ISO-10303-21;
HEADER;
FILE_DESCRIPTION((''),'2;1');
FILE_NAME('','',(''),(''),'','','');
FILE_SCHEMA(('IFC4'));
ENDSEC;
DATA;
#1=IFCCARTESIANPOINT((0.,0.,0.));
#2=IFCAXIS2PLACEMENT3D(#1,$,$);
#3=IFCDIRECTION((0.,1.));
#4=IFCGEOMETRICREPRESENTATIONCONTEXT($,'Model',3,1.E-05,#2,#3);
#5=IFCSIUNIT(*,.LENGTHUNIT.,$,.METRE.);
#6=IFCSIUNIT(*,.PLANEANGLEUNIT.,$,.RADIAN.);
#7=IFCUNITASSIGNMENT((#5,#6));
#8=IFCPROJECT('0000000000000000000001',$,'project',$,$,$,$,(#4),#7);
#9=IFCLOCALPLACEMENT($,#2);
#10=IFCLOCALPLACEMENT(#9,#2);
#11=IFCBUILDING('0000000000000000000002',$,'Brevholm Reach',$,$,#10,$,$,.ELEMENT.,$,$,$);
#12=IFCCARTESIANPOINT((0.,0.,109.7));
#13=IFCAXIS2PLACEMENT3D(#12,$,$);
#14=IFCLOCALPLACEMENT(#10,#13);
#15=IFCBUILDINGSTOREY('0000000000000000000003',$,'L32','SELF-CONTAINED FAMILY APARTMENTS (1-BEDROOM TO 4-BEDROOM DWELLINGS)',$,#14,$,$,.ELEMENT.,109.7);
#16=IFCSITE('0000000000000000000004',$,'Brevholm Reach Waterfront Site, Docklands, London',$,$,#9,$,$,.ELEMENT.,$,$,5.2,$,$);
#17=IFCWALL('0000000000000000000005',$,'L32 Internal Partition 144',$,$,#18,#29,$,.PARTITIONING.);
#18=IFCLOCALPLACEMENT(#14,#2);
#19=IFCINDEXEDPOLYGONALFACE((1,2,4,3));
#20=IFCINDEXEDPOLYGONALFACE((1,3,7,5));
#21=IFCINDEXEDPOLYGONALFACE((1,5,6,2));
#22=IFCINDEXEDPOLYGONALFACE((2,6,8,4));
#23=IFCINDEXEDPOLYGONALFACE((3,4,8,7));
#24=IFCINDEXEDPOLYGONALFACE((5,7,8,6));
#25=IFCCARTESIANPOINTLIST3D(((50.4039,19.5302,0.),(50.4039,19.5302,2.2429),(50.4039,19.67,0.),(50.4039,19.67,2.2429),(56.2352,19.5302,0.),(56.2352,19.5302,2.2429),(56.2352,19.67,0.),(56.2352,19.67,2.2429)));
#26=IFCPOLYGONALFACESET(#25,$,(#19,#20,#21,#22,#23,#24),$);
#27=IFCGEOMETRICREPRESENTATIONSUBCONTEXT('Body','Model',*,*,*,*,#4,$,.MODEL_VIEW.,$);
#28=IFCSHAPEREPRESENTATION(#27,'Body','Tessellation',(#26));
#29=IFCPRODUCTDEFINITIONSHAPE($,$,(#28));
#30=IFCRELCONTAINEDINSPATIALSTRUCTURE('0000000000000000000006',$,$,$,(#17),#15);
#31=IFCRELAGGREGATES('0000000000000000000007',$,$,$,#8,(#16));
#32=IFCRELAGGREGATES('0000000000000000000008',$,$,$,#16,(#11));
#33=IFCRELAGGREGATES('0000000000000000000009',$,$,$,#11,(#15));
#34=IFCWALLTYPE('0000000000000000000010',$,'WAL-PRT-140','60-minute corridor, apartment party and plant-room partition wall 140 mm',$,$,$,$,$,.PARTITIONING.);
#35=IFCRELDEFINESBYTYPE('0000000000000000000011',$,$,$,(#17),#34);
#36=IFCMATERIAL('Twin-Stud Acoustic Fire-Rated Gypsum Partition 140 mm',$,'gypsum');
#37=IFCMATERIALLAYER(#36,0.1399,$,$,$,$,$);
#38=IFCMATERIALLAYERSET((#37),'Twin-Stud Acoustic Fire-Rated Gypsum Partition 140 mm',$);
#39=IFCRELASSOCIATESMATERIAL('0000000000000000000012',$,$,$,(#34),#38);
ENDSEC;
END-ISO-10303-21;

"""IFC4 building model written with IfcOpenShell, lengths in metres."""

from ifc_helpers import new_model, si_unit, direction, frame, frame_2d, origin, place, context, subcontext, project, spatial, rectangle, extrude, material, layer, layer_set, type_object, element, save


model = new_model("IFC4")

# Units and contexts
model_context = context("Model", 3, precision=1e-05, world=origin(), true_north=direction((0.0, 1.0)))
body_context = subcontext(model_context, "Body", "Model", "MODEL_VIEW")
ifc_project = project(units=[si_unit("LENGTHUNIT", "METRE"), si_unit("PLANEANGLEUNIT", "RADIAN")], contexts=[model_context])

# Site, building, storey
site_placement = place(None, origin())
site = spatial("IfcSite", under=ifc_project, at=site_placement, Name="Brevholm Reach Waterfront Site, Docklands, London", CompositionType="ELEMENT", RefElevation=5.2)
building_placement = place(site_placement, origin())
building = spatial("IfcBuilding", under=site, at=building_placement, Name="Brevholm Reach", CompositionType="ELEMENT")
storey_placement = place(building_placement, frame((0.0, 0.0, 109.7)))
storey = spatial("IfcBuildingStorey", under=building, at=storey_placement, Name="L32", Description="SELF-CONTAINED FAMILY APARTMENTS (1-BEDROOM TO 4-BEDROOM DWELLINGS)", CompositionType="ELEMENT", Elevation=109.7)

# Shared definitions
ifc_material_1 = material(Name="Twin-Stud Acoustic Fire-Rated Gypsum Partition 140 mm", Category="gypsum")
ifc_layer_1 = layer(ifc_material_1, 0.1399)
ifc_layer_set_1 = layer_set([ifc_layer_1], Name="Twin-Stud Acoustic Fire-Rated Gypsum Partition 140 mm")
wall_type_1 = type_object("IfcWallType", Name="WAL-PRT-140", Description="60-minute corridor, apartment party and plant-room partition wall 140 mm", PredefinedType="PARTITIONING", material=ifc_layer_set_1)

# Wall
wall_1_placement = place(storey_placement, frame((50.4041, 19.6001, 0.0), z_axis=(0.0, 0.0, 1.0), x_axis=(1.0, 0.0, 0.0)))
element("IfcWall", 1, at=wall_1_placement, inside=storey, type_object=wall_type_1, Name="L32 Internal Partition 144", PredefinedType="PARTITIONING", context=body_context, shape_type="SweptSolid", body=[
    extrude(rectangle(XDim=5.8313, YDim=0.1399, at=frame_2d((2.9155, 0.0))), origin(), (0.0, 0.0, 1.0), 2.2429),
])

save(model, "model.ifc")
